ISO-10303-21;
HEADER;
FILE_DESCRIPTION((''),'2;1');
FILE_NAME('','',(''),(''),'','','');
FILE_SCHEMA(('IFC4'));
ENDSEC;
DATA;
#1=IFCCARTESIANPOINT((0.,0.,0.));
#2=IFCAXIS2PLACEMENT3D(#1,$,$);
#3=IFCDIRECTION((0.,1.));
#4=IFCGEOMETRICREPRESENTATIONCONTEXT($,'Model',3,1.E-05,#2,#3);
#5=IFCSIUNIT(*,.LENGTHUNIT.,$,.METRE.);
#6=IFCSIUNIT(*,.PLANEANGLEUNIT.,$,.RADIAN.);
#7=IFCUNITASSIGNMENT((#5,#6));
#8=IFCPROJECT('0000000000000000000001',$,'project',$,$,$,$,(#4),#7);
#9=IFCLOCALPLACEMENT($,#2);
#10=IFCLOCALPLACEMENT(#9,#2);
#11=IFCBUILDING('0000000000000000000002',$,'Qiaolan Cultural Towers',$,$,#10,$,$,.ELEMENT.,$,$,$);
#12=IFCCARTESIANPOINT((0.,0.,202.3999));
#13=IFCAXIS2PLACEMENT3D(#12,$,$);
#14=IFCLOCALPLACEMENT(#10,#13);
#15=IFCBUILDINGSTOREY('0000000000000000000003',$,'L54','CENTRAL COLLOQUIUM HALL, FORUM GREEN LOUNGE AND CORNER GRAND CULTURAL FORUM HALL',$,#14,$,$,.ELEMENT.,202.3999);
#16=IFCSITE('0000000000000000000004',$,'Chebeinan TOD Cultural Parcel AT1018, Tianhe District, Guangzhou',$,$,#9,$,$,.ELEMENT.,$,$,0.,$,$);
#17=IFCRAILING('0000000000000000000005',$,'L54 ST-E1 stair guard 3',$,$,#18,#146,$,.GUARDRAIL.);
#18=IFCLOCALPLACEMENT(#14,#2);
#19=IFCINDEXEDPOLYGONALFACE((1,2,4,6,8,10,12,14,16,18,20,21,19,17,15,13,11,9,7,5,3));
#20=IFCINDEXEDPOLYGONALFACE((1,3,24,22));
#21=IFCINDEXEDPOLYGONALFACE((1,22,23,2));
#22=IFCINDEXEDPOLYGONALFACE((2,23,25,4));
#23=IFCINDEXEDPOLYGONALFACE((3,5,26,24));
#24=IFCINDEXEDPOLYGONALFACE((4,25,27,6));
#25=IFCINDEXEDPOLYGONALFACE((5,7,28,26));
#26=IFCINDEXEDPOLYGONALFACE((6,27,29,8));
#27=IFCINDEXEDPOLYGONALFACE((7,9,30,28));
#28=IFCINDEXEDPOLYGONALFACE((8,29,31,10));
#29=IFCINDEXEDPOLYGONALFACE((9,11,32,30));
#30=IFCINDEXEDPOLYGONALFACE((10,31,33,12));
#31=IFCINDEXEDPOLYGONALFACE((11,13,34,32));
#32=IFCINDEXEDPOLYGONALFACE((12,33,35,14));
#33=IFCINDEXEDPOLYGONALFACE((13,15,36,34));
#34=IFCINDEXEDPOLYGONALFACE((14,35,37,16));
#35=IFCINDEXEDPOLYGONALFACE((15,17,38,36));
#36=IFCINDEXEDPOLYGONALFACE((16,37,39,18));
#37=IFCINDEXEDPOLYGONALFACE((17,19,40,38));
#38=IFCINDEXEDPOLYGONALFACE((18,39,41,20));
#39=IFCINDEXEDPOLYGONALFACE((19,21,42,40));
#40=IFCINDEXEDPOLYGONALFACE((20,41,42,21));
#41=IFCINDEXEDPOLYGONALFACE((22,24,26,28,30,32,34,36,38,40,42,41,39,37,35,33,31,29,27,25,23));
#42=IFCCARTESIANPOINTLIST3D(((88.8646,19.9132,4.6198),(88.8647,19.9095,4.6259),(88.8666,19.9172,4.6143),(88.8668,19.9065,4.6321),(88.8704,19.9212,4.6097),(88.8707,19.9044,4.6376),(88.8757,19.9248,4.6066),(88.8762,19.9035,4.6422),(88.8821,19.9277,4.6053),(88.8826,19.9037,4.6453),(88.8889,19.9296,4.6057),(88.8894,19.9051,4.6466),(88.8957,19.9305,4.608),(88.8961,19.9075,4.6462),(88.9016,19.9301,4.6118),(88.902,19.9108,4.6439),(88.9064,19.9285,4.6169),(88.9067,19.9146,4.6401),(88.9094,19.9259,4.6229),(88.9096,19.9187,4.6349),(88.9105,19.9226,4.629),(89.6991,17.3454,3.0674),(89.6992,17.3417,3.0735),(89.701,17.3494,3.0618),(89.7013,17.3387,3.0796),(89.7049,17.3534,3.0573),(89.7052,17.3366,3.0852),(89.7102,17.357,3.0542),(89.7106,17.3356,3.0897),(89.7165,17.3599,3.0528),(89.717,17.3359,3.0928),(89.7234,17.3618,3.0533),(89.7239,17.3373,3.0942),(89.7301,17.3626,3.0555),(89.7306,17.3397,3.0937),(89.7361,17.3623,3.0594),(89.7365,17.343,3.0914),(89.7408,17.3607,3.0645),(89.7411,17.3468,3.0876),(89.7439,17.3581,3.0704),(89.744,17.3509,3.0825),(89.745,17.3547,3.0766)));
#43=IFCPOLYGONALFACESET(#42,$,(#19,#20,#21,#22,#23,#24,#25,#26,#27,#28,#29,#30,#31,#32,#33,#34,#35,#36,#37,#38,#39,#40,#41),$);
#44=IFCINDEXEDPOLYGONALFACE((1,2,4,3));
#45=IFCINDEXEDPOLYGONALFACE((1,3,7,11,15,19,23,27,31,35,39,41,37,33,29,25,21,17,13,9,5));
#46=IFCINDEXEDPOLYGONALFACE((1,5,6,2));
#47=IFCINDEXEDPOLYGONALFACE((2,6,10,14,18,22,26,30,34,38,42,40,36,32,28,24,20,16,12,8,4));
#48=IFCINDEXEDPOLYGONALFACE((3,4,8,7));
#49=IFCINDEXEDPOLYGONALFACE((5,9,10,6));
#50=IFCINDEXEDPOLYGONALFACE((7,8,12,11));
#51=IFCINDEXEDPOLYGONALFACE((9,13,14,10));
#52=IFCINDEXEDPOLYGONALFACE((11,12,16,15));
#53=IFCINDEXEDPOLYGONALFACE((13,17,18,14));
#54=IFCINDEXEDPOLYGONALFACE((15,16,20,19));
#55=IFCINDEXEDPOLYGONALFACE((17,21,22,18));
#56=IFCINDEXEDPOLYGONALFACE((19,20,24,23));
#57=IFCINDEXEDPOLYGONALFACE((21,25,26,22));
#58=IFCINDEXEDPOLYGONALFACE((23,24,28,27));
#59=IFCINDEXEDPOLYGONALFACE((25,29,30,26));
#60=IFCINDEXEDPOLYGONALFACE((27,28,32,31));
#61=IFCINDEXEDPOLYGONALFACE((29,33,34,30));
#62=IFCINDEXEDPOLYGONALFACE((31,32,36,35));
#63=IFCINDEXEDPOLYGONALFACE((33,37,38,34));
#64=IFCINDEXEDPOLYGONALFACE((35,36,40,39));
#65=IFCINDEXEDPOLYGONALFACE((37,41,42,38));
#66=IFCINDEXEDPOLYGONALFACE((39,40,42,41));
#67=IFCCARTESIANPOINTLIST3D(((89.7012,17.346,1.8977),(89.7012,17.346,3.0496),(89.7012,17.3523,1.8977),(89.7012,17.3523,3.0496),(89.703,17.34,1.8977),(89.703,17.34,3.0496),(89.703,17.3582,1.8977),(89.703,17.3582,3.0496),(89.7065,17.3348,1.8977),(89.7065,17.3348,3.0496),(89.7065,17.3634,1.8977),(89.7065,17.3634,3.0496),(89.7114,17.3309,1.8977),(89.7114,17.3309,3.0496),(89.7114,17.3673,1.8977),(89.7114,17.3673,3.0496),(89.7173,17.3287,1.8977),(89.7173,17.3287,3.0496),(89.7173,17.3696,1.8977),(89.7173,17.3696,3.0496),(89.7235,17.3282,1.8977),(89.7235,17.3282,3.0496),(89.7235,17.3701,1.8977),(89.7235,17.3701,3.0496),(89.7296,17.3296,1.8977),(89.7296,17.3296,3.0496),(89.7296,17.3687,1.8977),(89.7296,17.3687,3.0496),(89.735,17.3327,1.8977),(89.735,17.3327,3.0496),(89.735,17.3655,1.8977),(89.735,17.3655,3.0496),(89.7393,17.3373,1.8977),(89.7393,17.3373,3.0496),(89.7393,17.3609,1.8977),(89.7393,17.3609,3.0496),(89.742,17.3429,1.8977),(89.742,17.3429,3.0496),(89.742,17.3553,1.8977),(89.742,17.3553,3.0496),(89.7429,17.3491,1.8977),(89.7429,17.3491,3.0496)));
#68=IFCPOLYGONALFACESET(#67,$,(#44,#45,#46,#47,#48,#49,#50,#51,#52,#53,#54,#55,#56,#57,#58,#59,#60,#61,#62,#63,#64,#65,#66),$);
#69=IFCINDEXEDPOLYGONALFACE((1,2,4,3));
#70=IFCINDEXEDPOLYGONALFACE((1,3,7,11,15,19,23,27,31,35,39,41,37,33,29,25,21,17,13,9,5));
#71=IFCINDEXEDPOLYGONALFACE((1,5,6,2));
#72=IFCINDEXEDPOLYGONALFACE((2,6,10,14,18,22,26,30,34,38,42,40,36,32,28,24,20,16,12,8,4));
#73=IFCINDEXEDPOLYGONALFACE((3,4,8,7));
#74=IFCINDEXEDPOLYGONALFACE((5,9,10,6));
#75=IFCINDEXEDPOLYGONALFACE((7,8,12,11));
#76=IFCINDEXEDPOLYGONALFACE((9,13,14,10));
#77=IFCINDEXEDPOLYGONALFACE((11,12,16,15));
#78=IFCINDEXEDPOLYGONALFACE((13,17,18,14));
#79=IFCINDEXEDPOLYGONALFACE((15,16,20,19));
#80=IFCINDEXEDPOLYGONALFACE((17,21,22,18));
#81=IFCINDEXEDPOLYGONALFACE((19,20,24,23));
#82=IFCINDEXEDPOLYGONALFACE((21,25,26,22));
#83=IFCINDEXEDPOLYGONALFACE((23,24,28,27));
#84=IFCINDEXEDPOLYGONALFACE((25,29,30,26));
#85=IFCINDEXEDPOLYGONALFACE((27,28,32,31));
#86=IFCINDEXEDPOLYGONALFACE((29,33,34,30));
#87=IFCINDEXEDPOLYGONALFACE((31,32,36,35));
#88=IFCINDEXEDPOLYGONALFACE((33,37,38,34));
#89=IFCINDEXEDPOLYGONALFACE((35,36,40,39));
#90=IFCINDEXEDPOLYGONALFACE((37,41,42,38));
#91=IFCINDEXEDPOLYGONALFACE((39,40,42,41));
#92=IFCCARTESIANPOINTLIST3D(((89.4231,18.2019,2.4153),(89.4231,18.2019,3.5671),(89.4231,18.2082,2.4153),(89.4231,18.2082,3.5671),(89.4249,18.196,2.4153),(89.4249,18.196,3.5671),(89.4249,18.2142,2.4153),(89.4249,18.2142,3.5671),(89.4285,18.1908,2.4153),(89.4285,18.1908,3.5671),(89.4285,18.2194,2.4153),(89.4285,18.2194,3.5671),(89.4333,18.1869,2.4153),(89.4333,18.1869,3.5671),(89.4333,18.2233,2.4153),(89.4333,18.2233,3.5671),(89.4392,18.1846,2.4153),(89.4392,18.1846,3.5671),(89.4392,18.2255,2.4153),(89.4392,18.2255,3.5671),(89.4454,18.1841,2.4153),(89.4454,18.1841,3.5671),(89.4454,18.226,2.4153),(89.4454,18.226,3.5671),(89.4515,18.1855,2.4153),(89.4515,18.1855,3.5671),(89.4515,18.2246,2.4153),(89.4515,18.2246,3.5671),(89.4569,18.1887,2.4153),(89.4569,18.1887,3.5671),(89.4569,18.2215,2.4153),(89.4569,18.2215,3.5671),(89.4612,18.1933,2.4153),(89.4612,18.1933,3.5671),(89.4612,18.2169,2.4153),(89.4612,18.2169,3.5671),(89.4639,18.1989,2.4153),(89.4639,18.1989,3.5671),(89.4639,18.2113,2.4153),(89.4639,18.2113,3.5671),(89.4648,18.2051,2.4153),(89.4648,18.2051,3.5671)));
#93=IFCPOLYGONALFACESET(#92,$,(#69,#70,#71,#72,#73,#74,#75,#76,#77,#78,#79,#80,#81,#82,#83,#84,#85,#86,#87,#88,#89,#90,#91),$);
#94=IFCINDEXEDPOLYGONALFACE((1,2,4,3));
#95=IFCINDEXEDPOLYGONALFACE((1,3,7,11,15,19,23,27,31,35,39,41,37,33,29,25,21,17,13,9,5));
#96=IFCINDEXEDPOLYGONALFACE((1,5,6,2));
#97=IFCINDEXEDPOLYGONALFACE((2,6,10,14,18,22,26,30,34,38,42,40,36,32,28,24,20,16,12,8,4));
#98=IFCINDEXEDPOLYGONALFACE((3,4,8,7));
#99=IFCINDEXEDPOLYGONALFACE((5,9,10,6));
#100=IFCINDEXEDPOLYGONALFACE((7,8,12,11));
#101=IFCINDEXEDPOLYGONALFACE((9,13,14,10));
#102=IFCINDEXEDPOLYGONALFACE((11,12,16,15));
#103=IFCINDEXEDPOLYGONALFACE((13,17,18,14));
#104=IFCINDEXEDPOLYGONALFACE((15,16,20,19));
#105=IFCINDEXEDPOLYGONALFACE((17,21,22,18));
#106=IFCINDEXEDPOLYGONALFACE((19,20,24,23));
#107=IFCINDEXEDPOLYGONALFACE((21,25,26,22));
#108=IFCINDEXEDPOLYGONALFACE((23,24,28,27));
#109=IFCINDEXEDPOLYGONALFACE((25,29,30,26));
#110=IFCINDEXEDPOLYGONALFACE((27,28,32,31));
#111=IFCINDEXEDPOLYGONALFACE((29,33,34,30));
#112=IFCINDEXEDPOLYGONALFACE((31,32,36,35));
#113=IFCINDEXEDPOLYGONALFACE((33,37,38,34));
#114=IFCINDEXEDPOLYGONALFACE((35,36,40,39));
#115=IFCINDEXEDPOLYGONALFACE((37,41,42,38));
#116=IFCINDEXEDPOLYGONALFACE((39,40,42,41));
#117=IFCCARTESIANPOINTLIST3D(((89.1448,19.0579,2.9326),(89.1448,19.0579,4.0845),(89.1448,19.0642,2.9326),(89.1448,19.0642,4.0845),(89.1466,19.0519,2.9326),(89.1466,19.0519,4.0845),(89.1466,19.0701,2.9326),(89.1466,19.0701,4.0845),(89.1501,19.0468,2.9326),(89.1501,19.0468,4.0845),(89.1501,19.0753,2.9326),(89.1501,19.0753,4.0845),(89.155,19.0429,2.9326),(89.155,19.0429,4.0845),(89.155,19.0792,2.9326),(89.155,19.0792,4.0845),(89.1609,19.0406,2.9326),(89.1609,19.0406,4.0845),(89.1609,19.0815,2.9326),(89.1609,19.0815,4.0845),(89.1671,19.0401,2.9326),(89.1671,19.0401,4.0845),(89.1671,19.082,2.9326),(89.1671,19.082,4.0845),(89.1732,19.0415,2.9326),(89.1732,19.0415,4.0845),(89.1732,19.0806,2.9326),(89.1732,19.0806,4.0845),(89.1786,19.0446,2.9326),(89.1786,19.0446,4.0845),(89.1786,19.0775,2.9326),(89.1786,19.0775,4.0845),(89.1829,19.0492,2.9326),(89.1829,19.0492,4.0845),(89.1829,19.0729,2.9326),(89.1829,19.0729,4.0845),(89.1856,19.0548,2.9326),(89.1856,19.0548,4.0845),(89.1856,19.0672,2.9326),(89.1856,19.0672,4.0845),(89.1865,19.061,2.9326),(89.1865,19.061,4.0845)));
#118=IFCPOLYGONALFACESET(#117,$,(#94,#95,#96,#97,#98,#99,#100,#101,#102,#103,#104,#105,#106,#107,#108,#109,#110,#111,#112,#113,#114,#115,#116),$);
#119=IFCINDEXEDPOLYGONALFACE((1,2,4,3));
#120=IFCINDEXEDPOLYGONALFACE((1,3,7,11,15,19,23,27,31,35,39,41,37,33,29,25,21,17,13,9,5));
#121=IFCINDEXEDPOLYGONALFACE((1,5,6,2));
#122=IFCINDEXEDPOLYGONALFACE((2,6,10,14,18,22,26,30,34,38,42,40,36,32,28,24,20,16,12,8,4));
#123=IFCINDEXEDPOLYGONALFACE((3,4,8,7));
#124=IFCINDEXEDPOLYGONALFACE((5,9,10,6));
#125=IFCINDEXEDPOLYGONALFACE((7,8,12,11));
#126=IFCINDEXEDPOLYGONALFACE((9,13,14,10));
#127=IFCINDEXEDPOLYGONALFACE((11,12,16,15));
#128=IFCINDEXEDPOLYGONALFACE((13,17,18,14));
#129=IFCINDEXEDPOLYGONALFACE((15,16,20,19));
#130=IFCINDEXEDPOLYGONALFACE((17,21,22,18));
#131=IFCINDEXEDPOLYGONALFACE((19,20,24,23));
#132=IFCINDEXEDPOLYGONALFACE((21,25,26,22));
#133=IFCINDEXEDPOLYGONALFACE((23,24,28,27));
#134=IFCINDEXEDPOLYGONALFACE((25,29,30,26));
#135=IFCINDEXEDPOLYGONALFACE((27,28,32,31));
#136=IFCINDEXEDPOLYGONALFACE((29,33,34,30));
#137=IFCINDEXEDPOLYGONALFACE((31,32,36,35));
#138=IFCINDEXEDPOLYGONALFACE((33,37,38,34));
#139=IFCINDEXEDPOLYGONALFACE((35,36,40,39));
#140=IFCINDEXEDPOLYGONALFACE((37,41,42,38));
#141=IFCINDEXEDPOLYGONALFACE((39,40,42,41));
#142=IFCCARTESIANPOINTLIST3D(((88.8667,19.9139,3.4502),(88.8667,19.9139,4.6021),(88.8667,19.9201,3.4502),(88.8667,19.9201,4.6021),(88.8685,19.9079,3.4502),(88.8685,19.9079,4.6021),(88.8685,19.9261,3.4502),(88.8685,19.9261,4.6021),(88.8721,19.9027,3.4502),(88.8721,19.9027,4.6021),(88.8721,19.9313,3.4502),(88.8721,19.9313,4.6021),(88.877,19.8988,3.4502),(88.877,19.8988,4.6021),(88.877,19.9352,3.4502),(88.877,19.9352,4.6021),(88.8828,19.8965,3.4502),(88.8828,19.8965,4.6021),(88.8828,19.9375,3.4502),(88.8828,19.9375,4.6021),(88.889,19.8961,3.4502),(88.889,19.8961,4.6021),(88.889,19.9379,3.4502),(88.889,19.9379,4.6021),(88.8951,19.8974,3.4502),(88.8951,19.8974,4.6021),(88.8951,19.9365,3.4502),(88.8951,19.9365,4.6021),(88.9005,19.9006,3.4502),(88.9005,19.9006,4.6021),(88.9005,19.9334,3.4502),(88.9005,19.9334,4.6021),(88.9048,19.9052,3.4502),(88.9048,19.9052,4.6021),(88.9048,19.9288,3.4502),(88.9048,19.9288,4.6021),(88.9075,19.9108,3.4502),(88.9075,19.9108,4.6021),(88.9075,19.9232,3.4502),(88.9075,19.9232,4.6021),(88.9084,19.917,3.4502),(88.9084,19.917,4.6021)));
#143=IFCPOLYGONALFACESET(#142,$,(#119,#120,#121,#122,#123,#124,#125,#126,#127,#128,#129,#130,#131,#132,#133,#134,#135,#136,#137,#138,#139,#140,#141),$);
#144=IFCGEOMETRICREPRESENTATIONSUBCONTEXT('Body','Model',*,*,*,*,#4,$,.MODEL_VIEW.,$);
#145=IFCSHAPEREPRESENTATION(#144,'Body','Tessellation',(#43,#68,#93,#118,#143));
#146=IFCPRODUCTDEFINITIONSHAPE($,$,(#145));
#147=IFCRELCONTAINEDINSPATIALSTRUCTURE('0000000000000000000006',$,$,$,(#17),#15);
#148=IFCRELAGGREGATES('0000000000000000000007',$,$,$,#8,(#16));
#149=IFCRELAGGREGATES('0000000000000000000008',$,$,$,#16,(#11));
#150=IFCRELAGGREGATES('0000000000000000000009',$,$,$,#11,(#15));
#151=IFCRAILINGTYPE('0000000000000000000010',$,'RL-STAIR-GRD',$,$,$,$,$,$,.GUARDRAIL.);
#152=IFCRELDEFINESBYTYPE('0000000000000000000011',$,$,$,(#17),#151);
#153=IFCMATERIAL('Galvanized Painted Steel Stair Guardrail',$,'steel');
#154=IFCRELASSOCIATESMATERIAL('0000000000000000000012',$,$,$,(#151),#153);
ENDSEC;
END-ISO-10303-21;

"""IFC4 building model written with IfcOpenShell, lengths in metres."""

from ifc_helpers import new_model, si_unit, direction, frame, origin, origin_2d, place, context, subcontext, project, spatial, circle, extrude, material, type_object, element, save


model = new_model("IFC4")

# Units and contexts
model_context = context("Model", 3, precision=1e-05, world=origin(), true_north=direction((0.0, 1.0)))
body_context = subcontext(model_context, "Body", "Model", "MODEL_VIEW")
ifc_project = project(units=[si_unit("LENGTHUNIT", "METRE"), si_unit("PLANEANGLEUNIT", "RADIAN")], contexts=[model_context])

# Site, building, storey
site_placement = place(None, origin())
site = spatial("IfcSite", under=ifc_project, at=site_placement, Name="Chebeinan TOD Cultural Parcel AT1018, Tianhe District, Guangzhou", CompositionType="ELEMENT", RefElevation=0.0)
building_placement = place(site_placement, origin())
building = spatial("IfcBuilding", under=site, at=building_placement, Name="Qiaolan Cultural Towers", CompositionType="ELEMENT")
storey_placement = place(building_placement, frame((0.0, 0.0, 202.3999)))
storey = spatial("IfcBuildingStorey", under=building, at=storey_placement, Name="L54", Description="CENTRAL COLLOQUIUM HALL, FORUM GREEN LOUNGE AND CORNER GRAND CULTURAL FORUM HALL", CompositionType="ELEMENT", Elevation=202.3999)

# Railing
ifc_material_1 = material(Name="Galvanized Painted Steel Stair Guardrail", Category="steel")
railing_type_1 = type_object("IfcRailingType", Name="RL-STAIR-GRD", PredefinedType="GUARDRAIL", material=ifc_material_1)
railing_1_placement = place(storey_placement, frame((89.7219, 17.3491, 1.8977)))
element("IfcRailing", 1, at=railing_1_placement, inside=storey, type_object=railing_type_1, Name="L54 ST-E1 stair guard 3", PredefinedType="GUARDRAIL", context=body_context, shape_type="SweptSolid", body=[
    extrude(circle(Radius=0.0239, at=origin_2d()), frame((0.0, 0.0, 1.1758), z_axis=(-0.267926, 0.824471, 0.498461), x_axis=(-0.951043, -0.309057, 0.0)), (0.0, 0.0, 1.0), 3.1145),
    extrude(circle(Radius=0.021, at=origin_2d()), origin(), (0.0, 0.0, 1.0), 1.1519),
    extrude(circle(Radius=0.021, at=origin_2d()), frame((-0.2781, 0.856, 0.5176)), (0.0, 0.0, 1.0), 1.1519),
    extrude(circle(Radius=0.021, at=origin_2d()), frame((-0.5564, 1.7119, 1.0349)), (0.0, 0.0, 1.0), 1.1519),
    extrude(circle(Radius=0.021, at=origin_2d()), frame((-0.8345, 2.5679, 1.5525)), (0.0, 0.0, 1.0), 1.1519),
])

save(model, "model.ifc")
